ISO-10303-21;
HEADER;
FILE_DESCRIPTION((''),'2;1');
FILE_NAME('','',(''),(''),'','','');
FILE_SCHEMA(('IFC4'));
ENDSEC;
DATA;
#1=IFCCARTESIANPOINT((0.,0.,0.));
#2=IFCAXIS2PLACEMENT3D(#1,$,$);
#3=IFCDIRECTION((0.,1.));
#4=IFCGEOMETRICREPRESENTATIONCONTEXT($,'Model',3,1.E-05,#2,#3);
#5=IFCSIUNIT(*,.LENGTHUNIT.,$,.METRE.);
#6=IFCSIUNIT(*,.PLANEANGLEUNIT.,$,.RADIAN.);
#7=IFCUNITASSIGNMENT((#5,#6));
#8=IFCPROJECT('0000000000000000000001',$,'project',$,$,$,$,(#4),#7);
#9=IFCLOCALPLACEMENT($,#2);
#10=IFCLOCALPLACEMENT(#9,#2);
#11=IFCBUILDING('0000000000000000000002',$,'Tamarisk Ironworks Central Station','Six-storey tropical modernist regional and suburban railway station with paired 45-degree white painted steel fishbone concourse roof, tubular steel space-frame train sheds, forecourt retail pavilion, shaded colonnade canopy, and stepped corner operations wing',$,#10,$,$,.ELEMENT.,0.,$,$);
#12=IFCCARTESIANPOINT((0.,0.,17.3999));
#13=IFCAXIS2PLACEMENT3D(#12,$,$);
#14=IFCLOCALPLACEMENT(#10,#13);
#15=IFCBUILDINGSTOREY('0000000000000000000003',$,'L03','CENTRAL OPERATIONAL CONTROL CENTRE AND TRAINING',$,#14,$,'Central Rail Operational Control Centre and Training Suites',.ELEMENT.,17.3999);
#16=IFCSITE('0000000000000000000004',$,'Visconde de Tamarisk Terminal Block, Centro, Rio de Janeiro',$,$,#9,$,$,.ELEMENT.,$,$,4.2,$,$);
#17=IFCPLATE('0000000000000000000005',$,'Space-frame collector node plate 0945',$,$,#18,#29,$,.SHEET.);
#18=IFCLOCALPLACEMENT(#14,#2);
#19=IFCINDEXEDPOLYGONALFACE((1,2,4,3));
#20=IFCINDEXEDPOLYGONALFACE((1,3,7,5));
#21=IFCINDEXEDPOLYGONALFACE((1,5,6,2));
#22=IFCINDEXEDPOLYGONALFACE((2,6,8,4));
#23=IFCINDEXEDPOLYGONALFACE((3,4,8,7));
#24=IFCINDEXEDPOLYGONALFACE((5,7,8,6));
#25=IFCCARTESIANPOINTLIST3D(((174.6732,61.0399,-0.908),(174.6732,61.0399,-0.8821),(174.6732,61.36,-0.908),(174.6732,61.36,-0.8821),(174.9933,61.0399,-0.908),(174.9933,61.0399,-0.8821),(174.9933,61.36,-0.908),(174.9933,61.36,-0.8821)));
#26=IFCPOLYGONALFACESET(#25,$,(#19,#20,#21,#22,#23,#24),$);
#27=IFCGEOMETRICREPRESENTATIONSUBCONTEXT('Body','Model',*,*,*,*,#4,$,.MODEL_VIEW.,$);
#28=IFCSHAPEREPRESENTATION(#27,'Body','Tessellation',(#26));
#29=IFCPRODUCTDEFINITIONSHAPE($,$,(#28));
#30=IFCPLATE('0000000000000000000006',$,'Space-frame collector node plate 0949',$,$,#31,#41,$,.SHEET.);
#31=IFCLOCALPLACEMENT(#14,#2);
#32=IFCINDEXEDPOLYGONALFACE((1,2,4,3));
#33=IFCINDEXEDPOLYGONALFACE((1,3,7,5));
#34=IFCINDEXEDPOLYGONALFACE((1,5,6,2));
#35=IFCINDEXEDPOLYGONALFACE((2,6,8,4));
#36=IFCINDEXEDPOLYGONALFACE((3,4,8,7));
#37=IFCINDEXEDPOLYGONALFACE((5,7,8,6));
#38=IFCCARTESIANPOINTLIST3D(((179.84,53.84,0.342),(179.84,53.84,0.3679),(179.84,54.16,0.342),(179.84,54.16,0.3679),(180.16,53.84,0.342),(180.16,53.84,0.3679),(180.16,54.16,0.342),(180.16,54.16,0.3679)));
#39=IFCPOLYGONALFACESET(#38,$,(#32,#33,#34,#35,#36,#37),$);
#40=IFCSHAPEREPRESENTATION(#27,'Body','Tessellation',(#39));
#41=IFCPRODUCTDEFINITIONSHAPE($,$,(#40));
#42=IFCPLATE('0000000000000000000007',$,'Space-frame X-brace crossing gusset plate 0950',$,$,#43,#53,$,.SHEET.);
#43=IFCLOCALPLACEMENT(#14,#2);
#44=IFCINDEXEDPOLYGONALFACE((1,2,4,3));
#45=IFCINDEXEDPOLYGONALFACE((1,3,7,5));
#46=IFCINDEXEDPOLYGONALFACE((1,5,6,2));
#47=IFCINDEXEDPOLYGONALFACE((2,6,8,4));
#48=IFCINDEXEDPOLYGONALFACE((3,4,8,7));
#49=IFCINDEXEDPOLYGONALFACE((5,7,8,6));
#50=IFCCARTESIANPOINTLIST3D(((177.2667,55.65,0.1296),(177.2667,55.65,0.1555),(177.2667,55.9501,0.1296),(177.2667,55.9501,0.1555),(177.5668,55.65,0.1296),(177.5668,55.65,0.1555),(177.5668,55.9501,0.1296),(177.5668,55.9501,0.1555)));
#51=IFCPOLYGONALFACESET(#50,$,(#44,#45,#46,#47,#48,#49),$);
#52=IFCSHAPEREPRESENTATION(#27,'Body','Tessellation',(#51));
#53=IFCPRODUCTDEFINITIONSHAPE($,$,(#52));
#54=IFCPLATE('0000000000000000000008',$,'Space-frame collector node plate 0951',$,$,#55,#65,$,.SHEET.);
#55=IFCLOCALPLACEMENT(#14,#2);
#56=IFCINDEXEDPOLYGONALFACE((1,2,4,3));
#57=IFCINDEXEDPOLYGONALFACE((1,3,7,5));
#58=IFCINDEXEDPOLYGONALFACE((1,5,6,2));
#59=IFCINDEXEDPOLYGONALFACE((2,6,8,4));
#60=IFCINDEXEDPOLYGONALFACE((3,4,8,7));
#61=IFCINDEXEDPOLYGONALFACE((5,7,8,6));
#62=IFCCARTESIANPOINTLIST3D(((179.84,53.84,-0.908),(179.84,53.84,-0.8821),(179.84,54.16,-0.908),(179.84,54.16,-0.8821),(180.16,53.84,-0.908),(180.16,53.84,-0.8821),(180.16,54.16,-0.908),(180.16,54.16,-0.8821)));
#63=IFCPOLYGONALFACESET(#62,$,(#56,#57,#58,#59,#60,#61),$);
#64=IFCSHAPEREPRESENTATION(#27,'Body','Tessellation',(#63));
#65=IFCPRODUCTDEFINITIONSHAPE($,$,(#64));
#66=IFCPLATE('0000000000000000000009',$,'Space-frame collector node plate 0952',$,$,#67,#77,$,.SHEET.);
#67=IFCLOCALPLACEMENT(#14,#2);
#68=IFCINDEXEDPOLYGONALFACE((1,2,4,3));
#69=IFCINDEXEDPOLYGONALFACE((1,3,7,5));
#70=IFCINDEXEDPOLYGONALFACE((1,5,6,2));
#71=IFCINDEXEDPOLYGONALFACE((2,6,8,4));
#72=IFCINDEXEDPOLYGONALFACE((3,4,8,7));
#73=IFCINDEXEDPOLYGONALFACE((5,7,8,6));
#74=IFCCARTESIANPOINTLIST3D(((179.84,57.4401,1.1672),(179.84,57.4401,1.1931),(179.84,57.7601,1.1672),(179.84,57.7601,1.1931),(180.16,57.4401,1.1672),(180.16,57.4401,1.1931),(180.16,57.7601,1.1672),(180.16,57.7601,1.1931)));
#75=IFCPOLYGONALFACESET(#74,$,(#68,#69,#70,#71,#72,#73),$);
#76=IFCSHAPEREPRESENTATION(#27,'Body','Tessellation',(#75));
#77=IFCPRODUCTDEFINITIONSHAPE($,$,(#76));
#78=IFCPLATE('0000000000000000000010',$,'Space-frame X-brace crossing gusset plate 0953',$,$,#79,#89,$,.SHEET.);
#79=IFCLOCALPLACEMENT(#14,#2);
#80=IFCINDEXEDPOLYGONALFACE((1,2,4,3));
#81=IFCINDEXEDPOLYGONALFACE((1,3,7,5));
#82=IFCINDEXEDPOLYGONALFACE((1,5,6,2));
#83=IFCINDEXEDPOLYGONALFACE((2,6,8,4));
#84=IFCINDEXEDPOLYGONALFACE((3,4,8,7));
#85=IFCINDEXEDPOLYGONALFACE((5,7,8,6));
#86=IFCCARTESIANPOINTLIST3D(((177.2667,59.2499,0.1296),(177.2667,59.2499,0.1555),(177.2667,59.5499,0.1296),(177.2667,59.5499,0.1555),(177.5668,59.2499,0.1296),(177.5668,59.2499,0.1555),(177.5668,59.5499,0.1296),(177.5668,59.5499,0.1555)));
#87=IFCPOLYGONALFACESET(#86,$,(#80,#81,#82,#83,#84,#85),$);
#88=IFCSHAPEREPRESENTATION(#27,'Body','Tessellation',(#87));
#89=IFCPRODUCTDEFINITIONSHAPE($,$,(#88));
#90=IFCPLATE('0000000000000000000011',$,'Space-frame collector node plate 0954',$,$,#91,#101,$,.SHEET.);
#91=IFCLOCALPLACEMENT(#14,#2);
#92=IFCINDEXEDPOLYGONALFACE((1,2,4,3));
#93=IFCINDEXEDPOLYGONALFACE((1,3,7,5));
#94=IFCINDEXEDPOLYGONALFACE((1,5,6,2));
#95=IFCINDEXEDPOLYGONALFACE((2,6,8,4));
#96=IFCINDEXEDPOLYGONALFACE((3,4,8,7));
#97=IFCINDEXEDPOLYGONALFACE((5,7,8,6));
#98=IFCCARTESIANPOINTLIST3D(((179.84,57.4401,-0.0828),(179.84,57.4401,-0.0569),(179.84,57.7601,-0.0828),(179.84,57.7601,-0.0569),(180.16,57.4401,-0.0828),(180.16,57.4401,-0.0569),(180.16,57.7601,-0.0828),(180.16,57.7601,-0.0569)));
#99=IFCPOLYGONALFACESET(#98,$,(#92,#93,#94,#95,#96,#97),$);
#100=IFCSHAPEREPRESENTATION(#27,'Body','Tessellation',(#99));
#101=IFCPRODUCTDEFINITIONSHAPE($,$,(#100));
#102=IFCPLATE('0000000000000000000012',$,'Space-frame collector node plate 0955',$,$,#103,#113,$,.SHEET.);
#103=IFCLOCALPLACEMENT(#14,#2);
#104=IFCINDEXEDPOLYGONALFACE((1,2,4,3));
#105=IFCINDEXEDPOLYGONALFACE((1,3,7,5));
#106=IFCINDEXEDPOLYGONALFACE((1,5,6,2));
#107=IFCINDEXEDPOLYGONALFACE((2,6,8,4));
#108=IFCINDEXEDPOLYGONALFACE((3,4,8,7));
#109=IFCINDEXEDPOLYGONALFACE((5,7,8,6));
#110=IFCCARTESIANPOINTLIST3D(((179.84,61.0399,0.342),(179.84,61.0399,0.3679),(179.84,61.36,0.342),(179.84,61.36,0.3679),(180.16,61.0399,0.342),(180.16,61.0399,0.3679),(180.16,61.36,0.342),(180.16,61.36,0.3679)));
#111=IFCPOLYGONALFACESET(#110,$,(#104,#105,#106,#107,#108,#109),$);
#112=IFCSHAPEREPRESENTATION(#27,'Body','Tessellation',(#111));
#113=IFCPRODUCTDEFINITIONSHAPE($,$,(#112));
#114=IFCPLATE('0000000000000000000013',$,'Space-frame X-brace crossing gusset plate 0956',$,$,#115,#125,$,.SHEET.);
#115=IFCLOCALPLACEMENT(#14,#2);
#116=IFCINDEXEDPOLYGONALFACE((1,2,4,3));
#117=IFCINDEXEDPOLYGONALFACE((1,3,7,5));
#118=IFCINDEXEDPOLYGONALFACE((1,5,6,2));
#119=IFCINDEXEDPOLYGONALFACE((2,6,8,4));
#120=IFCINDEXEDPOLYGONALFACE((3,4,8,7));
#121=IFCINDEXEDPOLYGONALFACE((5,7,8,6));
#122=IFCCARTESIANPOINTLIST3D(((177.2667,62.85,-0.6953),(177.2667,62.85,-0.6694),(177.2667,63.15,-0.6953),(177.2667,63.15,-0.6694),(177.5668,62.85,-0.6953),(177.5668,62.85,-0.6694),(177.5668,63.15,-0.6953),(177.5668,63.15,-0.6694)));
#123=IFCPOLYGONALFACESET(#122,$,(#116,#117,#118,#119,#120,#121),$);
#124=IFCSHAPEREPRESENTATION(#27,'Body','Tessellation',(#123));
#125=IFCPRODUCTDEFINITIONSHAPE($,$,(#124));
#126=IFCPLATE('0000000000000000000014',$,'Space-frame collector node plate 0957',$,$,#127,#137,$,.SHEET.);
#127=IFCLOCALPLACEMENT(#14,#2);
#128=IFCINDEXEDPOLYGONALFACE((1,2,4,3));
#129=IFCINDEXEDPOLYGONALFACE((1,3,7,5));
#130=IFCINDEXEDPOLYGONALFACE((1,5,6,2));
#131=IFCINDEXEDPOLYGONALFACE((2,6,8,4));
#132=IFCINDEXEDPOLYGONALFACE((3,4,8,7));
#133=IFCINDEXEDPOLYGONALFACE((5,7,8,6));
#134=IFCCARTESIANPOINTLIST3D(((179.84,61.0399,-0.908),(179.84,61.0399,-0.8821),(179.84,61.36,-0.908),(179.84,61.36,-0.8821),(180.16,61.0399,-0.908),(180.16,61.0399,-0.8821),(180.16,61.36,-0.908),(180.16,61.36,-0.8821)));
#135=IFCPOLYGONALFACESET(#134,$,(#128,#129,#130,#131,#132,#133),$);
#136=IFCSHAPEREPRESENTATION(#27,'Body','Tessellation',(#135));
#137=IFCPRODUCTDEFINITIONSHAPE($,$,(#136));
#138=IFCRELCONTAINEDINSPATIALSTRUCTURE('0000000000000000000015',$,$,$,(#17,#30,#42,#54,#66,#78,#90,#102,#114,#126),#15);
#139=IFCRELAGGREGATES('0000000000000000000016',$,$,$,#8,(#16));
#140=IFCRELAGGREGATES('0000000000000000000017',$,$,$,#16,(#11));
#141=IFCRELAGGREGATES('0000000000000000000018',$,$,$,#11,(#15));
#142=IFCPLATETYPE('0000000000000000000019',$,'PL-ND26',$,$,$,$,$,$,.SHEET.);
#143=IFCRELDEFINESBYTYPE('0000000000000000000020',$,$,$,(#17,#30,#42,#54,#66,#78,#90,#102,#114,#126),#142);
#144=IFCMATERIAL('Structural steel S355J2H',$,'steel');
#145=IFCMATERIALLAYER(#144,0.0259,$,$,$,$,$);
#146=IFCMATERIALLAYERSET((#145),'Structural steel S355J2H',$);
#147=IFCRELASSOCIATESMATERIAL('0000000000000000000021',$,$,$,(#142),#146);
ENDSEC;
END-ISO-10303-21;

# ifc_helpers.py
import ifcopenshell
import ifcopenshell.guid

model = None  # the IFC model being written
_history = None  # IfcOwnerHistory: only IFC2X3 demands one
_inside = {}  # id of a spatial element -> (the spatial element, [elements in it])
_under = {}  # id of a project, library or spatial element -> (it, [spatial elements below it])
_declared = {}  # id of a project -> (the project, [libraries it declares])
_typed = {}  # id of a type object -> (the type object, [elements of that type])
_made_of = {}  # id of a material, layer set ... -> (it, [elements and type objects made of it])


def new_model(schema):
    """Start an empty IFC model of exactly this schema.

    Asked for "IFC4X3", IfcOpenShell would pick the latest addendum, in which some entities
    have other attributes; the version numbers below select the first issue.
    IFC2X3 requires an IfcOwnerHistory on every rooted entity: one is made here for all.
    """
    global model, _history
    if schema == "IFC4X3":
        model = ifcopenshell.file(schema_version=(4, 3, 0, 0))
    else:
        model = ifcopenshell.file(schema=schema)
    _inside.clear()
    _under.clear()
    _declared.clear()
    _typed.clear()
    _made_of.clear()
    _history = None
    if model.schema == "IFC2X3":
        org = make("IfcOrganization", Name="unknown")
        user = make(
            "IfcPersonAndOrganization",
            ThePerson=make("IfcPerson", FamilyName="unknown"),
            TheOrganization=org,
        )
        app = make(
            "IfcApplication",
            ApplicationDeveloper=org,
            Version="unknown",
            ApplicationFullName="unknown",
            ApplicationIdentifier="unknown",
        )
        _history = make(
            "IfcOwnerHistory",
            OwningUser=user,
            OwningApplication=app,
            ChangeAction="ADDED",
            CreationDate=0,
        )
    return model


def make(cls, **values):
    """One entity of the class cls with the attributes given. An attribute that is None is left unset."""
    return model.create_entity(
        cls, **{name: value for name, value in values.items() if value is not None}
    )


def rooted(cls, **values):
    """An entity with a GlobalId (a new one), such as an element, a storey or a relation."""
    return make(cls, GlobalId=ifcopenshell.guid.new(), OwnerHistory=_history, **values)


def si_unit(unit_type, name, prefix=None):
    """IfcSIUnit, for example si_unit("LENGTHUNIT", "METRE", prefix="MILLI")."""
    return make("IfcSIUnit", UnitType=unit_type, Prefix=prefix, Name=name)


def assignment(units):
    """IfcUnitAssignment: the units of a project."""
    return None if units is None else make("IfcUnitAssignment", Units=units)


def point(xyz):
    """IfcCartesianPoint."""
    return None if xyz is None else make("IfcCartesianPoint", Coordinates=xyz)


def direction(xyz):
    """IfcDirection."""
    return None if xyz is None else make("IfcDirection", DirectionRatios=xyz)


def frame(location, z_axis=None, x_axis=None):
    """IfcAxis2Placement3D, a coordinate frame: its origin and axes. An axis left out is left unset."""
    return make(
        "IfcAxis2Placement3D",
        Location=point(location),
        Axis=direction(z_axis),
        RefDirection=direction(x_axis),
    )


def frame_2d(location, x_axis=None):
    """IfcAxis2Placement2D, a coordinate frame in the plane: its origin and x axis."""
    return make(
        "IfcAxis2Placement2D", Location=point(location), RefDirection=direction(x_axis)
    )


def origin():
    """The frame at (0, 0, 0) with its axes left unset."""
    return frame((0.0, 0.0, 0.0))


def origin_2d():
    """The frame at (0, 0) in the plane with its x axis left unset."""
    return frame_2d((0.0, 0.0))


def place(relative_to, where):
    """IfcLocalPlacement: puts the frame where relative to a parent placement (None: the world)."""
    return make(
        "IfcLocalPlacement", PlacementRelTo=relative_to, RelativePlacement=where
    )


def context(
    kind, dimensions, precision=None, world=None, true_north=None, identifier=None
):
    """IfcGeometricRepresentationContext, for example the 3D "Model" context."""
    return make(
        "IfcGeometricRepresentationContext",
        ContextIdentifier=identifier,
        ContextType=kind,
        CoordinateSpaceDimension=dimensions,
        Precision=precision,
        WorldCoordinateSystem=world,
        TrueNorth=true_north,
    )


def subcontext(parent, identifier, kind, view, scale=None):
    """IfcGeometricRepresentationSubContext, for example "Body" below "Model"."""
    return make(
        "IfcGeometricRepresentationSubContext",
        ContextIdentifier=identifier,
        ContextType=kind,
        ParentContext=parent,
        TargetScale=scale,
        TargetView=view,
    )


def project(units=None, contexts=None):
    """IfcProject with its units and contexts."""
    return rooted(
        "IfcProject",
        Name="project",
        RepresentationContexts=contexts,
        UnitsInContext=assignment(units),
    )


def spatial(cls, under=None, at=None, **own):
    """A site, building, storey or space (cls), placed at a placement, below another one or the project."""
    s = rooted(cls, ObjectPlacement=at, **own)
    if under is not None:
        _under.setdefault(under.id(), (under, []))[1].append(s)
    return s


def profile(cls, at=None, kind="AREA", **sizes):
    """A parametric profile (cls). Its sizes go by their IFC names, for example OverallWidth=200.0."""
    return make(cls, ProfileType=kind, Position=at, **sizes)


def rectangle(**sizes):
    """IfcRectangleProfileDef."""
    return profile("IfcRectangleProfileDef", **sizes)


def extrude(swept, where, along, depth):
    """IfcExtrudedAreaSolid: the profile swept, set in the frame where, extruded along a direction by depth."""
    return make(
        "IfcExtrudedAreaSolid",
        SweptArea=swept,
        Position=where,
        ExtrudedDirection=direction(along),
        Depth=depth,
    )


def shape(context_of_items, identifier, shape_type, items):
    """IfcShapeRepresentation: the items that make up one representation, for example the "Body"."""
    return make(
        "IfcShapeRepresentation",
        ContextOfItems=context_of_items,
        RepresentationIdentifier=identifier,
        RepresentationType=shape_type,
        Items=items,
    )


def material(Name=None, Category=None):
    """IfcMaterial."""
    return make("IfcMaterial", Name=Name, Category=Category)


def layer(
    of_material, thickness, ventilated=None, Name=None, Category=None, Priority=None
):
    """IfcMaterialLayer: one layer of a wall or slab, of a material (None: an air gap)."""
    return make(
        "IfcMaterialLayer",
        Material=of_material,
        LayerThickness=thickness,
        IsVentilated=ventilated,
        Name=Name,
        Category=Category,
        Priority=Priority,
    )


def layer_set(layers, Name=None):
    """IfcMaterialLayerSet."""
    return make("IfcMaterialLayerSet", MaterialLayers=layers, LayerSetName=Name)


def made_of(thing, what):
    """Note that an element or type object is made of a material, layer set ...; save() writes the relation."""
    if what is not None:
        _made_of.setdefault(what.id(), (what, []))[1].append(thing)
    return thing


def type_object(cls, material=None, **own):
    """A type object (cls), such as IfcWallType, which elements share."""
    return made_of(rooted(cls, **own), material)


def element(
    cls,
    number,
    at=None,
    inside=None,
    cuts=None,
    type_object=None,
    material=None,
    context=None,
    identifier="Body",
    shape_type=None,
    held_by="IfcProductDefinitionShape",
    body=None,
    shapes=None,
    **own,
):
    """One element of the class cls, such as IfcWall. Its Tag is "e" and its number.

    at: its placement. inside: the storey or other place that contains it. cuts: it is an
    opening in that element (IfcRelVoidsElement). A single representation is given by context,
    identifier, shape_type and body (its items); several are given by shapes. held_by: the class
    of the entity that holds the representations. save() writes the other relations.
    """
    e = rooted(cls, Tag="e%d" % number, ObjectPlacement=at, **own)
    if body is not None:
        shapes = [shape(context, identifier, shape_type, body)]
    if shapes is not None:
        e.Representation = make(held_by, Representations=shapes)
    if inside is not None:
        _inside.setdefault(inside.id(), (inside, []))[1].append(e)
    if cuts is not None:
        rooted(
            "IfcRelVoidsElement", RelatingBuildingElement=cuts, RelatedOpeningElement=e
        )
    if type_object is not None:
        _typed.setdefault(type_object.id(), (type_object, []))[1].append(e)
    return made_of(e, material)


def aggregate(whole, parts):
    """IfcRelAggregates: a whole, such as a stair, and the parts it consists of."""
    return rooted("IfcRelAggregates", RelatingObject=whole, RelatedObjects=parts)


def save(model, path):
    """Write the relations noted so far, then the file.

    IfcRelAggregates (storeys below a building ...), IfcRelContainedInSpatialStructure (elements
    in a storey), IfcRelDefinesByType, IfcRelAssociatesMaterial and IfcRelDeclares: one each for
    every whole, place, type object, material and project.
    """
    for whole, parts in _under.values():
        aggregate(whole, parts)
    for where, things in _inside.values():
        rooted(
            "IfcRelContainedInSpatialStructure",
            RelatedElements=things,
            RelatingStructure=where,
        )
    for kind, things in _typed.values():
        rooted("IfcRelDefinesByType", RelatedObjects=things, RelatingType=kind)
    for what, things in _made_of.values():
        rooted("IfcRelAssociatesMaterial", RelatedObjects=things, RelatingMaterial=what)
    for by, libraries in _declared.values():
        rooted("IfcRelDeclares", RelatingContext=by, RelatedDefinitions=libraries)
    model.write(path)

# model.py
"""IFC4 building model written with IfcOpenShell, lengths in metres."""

from ifc_helpers import new_model, si_unit, direction, frame, origin, origin_2d, place, context, subcontext, project, spatial, rectangle, extrude, material, layer, layer_set, type_object, element, save


model = new_model("IFC4")

# Units and contexts
model_context = context("Model", 3, precision=1e-05, world=origin(), true_north=direction((0.0, 1.0)))
body_context = subcontext(model_context, "Body", "Model", "MODEL_VIEW")
ifc_project = project(units=[si_unit("LENGTHUNIT", "METRE"), si_unit("PLANEANGLEUNIT", "RADIAN")], contexts=[model_context])

# Site, building, storey
site_placement = place(None, origin())
site = spatial("IfcSite", under=ifc_project, at=site_placement, Name="Visconde de Tamarisk Terminal Block, Centro, Rio de Janeiro", CompositionType="ELEMENT", RefElevation=4.2)
building_placement = place(site_placement, origin())
building = spatial("IfcBuilding", under=site, at=building_placement, Name="Tamarisk Ironworks Central Station", Description="Six-storey tropical modernist regional and suburban railway station with paired 45-degree white painted steel fishbone concourse roof, tubular steel space-frame train sheds, forecourt retail pavilion, shaded colonnade canopy, and stepped corner operations wing", CompositionType="ELEMENT", ElevationOfRefHeight=0.0)
storey_placement = place(building_placement, frame((0.0, 0.0, 17.3999)))
storey = spatial("IfcBuildingStorey", under=building, at=storey_placement, Name="L03", Description="CENTRAL OPERATIONAL CONTROL CENTRE AND TRAINING", LongName="Central Rail Operational Control Centre and Training Suites", CompositionType="ELEMENT", Elevation=17.3999)

# Shared definitions
ifc_material = material(Name="Structural steel S355J2H", Category="steel")

# Plates
ifc_layer = layer(ifc_material, 0.0259)
ifc_layer_set = layer_set([ifc_layer], Name="Structural steel S355J2H")
plate_type = type_object("IfcPlateType", Name="PL-ND26", PredefinedType="SHEET", material=ifc_layer_set)
for number, where, z_axis, x_axis, name in (
    (1, (174.8333, 61.2, -0.908), (0.0, 0.0, 1.0), (1.0, 0.0, 0.0), "Space-frame collector node plate 0945"),
    (2, (180.0, 54.0, 0.342), (0.0, 0.0, 1.0), (1.0, 0.0, 0.0), "Space-frame collector node plate 0949"),
):
    element("IfcPlate", number, at=place(storey_placement, frame(where, z_axis=z_axis, x_axis=x_axis)), inside=storey, type_object=plate_type, Name=name, PredefinedType="SHEET", context=body_context, shape_type="SweptSolid", body=[
        extrude(rectangle(XDim=0.3201, YDim=0.3201, at=origin_2d()), origin(), (0.0, 0.0, 1.0), 0.0259),
    ])
plate_1_placement = place(storey_placement, frame((177.4167, 55.8, 0.1296), z_axis=(0.0, 0.0, 1.0), x_axis=(1.0, 0.0, 0.0)))
element("IfcPlate", 3, at=plate_1_placement, inside=storey, type_object=plate_type, Name="Space-frame X-brace crossing gusset plate 0950", PredefinedType="SHEET", context=body_context, shape_type="SweptSolid", body=[
    extrude(rectangle(XDim=0.3, YDim=0.3, at=origin_2d()), origin(), (0.0, 0.0, 1.0), 0.0259),
])
for number, where, z_axis, x_axis, name in (
    (4, (180.0, 54.0, -0.908), (0.0, 0.0, 1.0), (1.0, 0.0, 0.0), "Space-frame collector node plate 0951"),
    (5, (180.0, 57.6001, 1.1672), (0.0, 0.0, 1.0), (1.0, 0.0, 0.0), "Space-frame collector node plate 0952"),
):
    element("IfcPlate", number, at=place(storey_placement, frame(where, z_axis=z_axis, x_axis=x_axis)), inside=storey, type_object=plate_type, Name=name, PredefinedType="SHEET", context=body_context, shape_type="SweptSolid", body=[
        extrude(rectangle(XDim=0.3201, YDim=0.3201, at=origin_2d()), origin(), (0.0, 0.0, 1.0), 0.0259),
    ])
plate_2_placement = place(storey_placement, frame((177.4167, 59.3999, 0.1296), z_axis=(0.0, 0.0, 1.0), x_axis=(1.0, 0.0, 0.0)))
element("IfcPlate", 6, at=plate_2_placement, inside=storey, type_object=plate_type, Name="Space-frame X-brace crossing gusset plate 0953", PredefinedType="SHEET", context=body_context, shape_type="SweptSolid", body=[
    extrude(rectangle(XDim=0.3, YDim=0.3, at=origin_2d()), origin(), (0.0, 0.0, 1.0), 0.0259),
])
for number, where, z_axis, x_axis, name in (
    (7, (180.0, 57.6001, -0.0828), (0.0, 0.0, 1.0), (1.0, 0.0, 0.0), "Space-frame collector node plate 0954"),
    (8, (180.0, 61.2, 0.342), (0.0, 0.0, 1.0), (1.0, 0.0, 0.0), "Space-frame collector node plate 0955"),
):
    element("IfcPlate", number, at=place(storey_placement, frame(where, z_axis=z_axis, x_axis=x_axis)), inside=storey, type_object=plate_type, Name=name, PredefinedType="SHEET", context=body_context, shape_type="SweptSolid", body=[
        extrude(rectangle(XDim=0.3201, YDim=0.3201, at=origin_2d()), origin(), (0.0, 0.0, 1.0), 0.0259),
    ])
plate_3_placement = place(storey_placement, frame((177.4167, 63.0, -0.6953), z_axis=(0.0, 0.0, 1.0), x_axis=(1.0, 0.0, 0.0)))
element("IfcPlate", 9, at=plate_3_placement, inside=storey, type_object=plate_type, Name="Space-frame X-brace crossing gusset plate 0956", PredefinedType="SHEET", context=body_context, shape_type="SweptSolid", body=[
    extrude(rectangle(XDim=0.3, YDim=0.3, at=origin_2d()), origin(), (0.0, 0.0, 1.0), 0.0259),
])
plate_4_placement = place(storey_placement, frame((180.0, 61.2, -0.908), z_axis=(0.0, 0.0, 1.0), x_axis=(1.0, 0.0, 0.0)))
element("IfcPlate", 10, at=plate_4_placement, inside=storey, type_object=plate_type, Name="Space-frame collector node plate 0957", PredefinedType="SHEET", context=body_context, shape_type="SweptSolid", body=[
    extrude(rectangle(XDim=0.3201, YDim=0.3201, at=origin_2d()), origin(), (0.0, 0.0, 1.0), 0.0259),
])

save(model, "model.ifc")
